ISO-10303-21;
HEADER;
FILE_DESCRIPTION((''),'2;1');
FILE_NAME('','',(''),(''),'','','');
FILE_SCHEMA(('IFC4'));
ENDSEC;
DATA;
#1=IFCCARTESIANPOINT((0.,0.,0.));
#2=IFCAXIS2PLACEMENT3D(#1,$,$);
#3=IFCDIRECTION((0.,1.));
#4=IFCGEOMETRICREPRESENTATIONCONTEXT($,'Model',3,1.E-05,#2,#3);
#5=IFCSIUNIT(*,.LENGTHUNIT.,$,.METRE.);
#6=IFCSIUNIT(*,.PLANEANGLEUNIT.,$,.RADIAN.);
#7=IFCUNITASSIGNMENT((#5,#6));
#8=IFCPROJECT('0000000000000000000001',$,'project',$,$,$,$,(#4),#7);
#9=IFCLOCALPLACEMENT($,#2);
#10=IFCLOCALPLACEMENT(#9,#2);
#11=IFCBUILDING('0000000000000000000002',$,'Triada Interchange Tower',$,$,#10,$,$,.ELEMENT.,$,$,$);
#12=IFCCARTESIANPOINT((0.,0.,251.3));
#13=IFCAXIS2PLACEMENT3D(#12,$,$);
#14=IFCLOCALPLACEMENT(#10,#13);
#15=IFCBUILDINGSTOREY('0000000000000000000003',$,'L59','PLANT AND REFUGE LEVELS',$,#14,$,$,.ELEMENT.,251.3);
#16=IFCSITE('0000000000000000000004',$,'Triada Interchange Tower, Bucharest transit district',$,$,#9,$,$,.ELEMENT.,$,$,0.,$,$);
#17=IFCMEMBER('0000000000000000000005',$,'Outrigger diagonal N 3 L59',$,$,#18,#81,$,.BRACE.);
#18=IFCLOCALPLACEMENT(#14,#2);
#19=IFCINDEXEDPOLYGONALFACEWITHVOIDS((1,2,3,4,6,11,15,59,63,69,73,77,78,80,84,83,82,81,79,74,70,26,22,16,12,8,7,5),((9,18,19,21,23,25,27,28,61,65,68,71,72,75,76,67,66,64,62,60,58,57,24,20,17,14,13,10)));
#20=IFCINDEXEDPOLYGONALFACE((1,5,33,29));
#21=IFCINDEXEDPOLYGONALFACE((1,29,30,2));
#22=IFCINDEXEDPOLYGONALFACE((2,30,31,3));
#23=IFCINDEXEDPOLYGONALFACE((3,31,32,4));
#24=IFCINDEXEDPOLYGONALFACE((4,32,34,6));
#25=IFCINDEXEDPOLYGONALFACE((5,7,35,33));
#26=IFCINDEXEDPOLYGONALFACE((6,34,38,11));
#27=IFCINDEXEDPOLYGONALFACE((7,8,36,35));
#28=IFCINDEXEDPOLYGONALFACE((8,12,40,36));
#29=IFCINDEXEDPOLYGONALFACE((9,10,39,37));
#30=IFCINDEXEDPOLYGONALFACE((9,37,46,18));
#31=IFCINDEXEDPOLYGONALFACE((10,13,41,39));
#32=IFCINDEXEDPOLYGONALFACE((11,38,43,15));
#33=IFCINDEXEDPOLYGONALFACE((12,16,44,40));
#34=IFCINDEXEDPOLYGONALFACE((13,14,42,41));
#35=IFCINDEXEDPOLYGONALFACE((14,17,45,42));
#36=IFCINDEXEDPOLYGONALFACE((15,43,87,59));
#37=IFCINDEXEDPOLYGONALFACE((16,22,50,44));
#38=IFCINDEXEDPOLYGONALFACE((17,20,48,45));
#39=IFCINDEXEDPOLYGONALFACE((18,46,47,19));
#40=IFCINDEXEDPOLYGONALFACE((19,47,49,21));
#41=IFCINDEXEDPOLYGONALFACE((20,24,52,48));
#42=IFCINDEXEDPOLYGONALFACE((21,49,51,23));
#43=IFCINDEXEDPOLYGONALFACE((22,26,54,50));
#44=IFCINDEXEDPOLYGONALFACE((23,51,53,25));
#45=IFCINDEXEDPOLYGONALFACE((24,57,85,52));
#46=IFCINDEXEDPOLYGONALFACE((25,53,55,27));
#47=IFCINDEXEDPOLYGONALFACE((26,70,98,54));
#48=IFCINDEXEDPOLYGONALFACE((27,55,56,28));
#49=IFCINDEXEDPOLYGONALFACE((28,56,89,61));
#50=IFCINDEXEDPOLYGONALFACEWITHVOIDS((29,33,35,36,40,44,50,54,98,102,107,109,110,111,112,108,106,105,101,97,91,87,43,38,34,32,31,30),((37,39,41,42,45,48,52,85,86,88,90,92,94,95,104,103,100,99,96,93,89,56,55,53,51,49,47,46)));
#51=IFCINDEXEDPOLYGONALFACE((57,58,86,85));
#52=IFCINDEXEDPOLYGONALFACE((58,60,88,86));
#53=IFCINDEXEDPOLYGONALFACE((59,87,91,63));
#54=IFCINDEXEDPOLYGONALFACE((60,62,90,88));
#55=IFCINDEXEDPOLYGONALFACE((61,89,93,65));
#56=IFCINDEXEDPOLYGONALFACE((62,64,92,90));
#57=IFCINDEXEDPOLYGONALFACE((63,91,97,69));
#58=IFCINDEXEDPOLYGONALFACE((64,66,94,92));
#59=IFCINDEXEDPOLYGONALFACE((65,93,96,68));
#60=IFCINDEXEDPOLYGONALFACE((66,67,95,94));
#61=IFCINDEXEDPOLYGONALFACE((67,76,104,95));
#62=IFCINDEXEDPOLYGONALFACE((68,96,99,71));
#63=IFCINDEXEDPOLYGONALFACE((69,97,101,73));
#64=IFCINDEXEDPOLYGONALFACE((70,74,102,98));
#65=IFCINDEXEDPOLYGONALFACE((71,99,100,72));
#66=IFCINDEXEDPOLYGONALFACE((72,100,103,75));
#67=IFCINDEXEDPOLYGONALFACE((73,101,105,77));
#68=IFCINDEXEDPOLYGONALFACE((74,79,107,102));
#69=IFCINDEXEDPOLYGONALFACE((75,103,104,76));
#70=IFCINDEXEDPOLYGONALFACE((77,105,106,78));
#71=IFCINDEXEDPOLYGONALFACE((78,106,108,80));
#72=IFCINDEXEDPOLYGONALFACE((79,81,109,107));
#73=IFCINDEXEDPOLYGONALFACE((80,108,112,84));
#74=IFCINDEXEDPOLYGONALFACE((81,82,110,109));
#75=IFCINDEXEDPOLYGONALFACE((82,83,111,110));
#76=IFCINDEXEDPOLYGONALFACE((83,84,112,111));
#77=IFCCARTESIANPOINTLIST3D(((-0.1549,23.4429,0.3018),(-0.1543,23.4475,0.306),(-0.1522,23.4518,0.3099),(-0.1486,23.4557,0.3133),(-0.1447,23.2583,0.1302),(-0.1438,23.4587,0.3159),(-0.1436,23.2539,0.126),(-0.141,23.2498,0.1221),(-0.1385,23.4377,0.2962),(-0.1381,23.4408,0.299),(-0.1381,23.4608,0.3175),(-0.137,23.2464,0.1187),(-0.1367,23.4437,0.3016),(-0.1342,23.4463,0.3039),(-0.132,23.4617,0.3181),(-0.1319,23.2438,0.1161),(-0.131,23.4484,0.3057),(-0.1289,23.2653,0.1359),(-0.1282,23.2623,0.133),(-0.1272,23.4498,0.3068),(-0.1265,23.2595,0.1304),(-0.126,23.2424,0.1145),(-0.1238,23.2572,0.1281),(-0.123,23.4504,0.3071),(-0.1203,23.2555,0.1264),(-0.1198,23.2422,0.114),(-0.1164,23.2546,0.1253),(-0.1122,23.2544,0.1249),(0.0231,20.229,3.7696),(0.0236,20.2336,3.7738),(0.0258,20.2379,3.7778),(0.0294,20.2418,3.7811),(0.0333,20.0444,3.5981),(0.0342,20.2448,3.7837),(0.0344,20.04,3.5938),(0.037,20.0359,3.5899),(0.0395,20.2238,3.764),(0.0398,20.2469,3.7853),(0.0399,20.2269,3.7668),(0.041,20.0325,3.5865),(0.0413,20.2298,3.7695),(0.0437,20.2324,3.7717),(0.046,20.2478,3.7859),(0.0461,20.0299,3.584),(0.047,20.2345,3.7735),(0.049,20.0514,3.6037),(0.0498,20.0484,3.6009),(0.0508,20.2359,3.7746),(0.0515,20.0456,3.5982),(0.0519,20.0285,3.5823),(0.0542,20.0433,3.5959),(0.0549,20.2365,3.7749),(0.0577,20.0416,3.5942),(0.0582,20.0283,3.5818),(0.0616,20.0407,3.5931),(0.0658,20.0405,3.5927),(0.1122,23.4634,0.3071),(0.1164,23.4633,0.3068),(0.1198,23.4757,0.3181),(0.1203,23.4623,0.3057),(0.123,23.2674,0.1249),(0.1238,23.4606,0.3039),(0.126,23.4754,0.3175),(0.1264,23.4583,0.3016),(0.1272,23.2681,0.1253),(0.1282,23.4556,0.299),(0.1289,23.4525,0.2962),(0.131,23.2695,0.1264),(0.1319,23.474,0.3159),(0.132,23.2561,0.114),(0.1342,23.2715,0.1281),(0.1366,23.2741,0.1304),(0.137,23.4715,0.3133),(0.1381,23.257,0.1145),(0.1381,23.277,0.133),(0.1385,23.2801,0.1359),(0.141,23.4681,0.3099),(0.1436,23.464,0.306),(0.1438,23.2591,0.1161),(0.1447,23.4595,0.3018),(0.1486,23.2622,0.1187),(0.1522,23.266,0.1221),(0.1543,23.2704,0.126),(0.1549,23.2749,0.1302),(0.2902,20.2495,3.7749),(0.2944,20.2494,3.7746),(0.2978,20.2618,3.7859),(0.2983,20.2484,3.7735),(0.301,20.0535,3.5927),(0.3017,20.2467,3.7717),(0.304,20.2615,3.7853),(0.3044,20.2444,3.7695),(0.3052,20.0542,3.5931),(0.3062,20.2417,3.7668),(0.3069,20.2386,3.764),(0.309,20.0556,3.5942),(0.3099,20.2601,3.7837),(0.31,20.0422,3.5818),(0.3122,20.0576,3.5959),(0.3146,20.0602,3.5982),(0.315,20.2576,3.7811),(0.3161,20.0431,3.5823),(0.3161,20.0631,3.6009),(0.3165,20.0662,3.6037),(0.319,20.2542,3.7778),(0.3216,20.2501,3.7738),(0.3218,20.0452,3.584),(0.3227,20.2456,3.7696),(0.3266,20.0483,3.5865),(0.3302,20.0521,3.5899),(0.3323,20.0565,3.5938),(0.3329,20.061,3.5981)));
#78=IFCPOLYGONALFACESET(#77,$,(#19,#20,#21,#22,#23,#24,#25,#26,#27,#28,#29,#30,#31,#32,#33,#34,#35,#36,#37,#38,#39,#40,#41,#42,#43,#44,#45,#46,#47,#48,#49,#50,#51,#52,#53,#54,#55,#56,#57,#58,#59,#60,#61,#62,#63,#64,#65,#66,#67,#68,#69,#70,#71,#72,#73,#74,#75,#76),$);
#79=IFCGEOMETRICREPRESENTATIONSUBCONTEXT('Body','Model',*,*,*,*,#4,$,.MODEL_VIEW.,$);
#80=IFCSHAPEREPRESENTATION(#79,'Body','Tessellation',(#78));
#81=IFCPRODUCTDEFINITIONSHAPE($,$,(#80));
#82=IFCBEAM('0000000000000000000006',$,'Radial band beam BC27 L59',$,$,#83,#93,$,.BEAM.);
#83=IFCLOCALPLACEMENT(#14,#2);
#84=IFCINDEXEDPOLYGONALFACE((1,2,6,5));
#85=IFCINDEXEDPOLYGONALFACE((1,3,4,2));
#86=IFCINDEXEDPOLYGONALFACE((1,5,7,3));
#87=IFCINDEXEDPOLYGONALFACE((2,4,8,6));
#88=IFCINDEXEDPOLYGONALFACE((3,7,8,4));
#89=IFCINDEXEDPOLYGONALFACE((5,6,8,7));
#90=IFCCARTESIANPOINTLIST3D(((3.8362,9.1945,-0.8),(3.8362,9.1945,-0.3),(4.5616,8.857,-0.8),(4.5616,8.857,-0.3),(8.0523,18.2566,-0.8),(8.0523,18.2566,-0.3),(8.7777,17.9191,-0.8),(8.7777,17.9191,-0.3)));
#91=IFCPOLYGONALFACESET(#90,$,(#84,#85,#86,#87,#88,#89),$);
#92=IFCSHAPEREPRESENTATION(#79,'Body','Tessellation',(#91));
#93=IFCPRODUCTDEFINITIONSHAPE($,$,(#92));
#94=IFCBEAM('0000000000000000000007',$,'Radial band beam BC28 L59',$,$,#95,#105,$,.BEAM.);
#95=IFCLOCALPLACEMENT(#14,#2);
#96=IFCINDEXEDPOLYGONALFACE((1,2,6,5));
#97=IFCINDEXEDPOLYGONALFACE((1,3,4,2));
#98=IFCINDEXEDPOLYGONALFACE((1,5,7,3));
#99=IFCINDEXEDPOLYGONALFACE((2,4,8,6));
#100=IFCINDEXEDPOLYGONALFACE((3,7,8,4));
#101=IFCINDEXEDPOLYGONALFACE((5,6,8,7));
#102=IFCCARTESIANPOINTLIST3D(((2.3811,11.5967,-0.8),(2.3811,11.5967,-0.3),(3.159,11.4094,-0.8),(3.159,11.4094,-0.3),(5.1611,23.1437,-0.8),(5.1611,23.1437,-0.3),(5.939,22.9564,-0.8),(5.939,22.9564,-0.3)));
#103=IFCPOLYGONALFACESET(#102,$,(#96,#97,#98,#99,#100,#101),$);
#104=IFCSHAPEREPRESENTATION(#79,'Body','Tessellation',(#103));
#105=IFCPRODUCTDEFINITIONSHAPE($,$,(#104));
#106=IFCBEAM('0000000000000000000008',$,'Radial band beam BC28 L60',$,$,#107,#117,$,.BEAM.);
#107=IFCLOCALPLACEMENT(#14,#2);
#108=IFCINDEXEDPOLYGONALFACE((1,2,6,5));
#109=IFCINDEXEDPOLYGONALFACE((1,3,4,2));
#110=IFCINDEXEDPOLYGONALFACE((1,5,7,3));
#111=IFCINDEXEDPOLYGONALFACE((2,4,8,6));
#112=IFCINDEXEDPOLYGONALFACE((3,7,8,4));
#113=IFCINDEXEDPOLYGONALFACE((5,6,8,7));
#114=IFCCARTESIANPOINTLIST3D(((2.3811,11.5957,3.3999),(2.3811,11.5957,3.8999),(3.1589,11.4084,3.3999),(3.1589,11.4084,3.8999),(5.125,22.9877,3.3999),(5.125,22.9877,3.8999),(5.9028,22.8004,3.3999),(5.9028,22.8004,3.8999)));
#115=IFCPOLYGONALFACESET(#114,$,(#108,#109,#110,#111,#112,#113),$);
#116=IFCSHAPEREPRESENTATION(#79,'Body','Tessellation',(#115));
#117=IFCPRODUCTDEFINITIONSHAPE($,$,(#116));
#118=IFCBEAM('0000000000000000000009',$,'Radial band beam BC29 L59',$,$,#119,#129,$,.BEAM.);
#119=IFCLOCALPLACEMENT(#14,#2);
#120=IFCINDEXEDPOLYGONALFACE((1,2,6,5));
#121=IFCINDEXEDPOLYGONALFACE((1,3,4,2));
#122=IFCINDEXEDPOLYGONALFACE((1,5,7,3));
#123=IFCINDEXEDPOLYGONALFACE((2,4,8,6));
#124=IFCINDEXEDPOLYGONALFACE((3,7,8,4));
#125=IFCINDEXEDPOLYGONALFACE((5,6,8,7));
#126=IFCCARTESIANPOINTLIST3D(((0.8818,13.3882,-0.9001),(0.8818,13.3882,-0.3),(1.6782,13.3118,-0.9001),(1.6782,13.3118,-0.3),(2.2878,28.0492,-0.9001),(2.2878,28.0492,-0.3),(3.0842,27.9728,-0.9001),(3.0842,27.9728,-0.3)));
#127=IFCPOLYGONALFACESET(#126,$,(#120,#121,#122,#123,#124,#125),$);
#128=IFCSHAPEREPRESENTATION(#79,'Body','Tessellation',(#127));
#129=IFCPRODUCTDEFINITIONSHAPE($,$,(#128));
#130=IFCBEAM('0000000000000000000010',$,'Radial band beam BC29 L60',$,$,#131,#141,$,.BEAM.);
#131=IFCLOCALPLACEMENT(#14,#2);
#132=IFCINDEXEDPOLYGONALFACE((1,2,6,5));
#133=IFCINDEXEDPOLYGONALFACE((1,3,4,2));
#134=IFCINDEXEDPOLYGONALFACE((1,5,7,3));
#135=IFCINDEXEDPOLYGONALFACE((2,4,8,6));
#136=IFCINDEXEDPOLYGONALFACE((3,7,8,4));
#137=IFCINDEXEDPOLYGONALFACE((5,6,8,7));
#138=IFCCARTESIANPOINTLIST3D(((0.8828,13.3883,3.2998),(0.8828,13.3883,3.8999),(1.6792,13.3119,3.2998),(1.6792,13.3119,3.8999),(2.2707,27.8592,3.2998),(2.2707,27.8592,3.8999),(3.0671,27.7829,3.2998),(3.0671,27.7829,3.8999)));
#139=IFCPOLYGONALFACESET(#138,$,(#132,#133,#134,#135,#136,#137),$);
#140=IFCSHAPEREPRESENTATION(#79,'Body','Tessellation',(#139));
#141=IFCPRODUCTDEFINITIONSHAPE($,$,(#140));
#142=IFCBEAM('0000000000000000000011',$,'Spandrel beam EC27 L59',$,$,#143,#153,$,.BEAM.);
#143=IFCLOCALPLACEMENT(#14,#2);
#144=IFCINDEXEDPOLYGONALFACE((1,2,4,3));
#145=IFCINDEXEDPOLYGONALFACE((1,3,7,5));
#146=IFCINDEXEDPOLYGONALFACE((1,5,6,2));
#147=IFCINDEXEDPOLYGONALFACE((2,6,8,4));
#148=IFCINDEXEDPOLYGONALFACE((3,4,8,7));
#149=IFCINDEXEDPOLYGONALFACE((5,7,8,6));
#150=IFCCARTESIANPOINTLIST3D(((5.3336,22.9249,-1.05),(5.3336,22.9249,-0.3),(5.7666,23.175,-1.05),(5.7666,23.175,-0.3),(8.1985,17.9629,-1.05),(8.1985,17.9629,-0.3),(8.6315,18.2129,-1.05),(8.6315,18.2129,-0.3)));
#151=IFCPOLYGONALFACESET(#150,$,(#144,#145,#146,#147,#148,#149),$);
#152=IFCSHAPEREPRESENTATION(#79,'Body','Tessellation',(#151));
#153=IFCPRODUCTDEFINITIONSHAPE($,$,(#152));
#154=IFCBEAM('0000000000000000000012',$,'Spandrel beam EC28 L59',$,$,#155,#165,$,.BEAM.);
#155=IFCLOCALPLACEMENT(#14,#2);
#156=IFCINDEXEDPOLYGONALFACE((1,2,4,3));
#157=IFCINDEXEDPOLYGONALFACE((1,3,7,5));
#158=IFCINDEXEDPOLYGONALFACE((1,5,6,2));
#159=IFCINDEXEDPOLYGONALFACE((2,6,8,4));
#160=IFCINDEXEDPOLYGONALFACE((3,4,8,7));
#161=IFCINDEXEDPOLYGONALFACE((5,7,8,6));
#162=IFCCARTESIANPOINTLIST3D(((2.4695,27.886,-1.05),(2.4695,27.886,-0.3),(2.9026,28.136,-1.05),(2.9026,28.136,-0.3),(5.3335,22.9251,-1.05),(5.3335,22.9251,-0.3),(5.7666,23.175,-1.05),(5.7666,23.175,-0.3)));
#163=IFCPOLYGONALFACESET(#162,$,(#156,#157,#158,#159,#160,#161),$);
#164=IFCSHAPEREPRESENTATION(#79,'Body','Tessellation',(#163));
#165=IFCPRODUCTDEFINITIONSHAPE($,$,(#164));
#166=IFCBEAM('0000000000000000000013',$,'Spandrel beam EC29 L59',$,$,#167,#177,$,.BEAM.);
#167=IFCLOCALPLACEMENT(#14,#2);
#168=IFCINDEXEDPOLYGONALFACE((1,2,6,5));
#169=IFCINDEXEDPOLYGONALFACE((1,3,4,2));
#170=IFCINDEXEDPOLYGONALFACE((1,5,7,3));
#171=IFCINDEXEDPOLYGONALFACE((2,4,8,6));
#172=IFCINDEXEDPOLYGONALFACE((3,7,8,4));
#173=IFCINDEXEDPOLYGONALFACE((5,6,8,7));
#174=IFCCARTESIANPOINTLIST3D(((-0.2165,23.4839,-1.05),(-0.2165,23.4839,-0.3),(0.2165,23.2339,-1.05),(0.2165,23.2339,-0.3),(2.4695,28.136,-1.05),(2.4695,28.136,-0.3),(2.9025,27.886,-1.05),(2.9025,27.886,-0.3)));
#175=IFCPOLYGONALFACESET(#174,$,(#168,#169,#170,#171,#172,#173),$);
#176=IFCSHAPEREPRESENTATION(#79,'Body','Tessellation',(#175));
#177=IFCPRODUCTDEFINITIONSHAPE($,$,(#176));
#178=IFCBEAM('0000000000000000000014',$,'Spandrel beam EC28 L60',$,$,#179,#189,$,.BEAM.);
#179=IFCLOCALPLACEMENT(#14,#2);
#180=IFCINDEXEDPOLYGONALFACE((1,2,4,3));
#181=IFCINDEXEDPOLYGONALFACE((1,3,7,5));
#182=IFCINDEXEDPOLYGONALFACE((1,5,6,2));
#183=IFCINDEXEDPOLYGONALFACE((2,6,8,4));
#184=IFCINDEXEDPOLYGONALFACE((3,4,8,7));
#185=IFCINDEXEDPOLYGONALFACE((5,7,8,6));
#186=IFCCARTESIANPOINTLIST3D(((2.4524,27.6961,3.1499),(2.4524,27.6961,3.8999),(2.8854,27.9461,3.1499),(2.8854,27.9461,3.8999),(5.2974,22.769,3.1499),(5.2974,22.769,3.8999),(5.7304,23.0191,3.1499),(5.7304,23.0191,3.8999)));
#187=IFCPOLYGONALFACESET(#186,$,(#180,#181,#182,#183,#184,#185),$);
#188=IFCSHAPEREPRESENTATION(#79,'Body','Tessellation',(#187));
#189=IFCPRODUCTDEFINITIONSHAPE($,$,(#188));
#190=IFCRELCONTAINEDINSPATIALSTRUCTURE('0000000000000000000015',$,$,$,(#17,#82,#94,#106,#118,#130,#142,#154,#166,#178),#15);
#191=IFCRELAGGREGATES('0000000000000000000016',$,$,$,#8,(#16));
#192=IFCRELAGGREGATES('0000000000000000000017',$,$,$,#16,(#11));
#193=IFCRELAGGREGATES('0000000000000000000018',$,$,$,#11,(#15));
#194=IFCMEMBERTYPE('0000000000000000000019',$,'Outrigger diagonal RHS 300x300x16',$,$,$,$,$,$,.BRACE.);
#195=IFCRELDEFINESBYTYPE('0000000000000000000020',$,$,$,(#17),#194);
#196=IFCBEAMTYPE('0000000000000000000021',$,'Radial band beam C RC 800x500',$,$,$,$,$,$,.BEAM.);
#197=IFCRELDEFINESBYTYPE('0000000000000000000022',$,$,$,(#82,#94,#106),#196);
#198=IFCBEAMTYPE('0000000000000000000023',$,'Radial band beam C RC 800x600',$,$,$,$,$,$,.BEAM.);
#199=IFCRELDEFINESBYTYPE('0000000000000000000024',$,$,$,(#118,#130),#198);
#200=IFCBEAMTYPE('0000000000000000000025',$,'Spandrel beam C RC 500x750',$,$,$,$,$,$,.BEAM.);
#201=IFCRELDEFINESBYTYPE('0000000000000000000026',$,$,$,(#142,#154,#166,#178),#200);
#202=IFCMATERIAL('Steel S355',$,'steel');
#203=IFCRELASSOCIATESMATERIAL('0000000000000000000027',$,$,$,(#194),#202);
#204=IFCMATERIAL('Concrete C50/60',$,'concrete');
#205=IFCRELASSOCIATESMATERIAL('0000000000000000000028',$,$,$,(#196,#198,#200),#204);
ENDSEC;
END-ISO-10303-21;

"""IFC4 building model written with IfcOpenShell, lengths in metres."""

from ifc_helpers import new_model, si_unit, direction, frame, origin, origin_2d, place, context, subcontext, project, spatial, rectangle, hollow_rectangle, extrude, material, material_profile, profile_set, type_object, element, save


model = new_model("IFC4")

# Units and contexts
model_context = context("Model", 3, precision=1e-05, world=origin(), true_north=direction((0.0, 1.0)))
body_context = subcontext(model_context, "Body", "Model", "MODEL_VIEW")
ifc_project = project(units=[si_unit("LENGTHUNIT", "METRE"), si_unit("PLANEANGLEUNIT", "RADIAN")], contexts=[model_context])

# Site, building, storey
site_placement = place(None, origin())
site = spatial("IfcSite", under=ifc_project, at=site_placement, Name="Triada Interchange Tower, Bucharest transit district", CompositionType="ELEMENT", RefElevation=0.0)
building_placement = place(site_placement, origin())
building = spatial("IfcBuilding", under=site, at=building_placement, Name="Triada Interchange Tower", CompositionType="ELEMENT")
storey_placement = place(building_placement, frame((0.0, 0.0, 251.3)))
storey = spatial("IfcBuildingStorey", under=building, at=storey_placement, Name="L59", Description="PLANT AND REFUGE LEVELS", CompositionType="ELEMENT", Elevation=251.3)

# Shared definitions
ifc_material_1 = material(Name="Concrete C50/60", Category="concrete")

# Member
ifc_material_2 = material(Name="Steel S355", Category="steel")
ifc_material_profile_1 = material_profile(ifc_material_2, hollow_rectangle(XDim=0.3, YDim=0.3, WallThickness=0.0161, InnerFilletRadius=0.0161, OuterFilletRadius=0.0239, at=origin_2d()), Name="RHS 300x300x16")
ifc_profile_set_1 = profile_set([ifc_material_profile_1], Name="Steel S355")
member_type_1 = type_object("IfcMemberType", Name="Outrigger diagonal RHS 300x300x16", PredefinedType="BRACE", material=ifc_profile_set_1)
member_1_placement = place(storey_placement, frame((0.178, 20.145, 3.6838), z_axis=(-0.037617, 0.679265, -0.732929), x_axis=(-0.99847, -0.055294, 0.0)))
element("IfcMember", 1, at=member_1_placement, inside=storey, type_object=member_type_1, Name="Outrigger diagonal N 3 L59", PredefinedType="BRACE", context=body_context, shape_type="SweptSolid", body=[
    extrude(hollow_rectangle(XDim=0.3, YDim=0.3, WallThickness=0.0161, InnerFilletRadius=0.0161, OuterFilletRadius=0.0239, at=origin_2d()), origin(), (0.0, 0.0, 1.0), 4.7314),
])

# Beams
ifc_material_profile_2 = material_profile(ifc_material_1, rectangle(XDim=0.8, YDim=0.5, at=origin_2d()), Name="RC 800x500")
ifc_profile_set_2 = profile_set([ifc_material_profile_2], Name="Concrete C50/60")
beam_type_1 = type_object("IfcBeamType", Name="Radial band beam C RC 800x500", PredefinedType="BEAM", material=ifc_profile_set_2)
beam_1_placement = place(storey_placement, frame((8.415, 18.0879, -0.55), z_axis=(-0.421827, -0.906676, 0.0), x_axis=(0.906676, -0.421827, 0.0)))
element("IfcBeam", 2, at=beam_1_placement, inside=storey, type_object=beam_type_1, Name="Radial band beam BC27 L59", PredefinedType="BEAM", context=body_context, shape_type="SweptSolid", body=[
    extrude(rectangle(XDim=0.8, YDim=0.5, at=origin_2d()), origin(), (0.0, 0.0, 1.0), 9.9949),
])
beam_2_placement = place(storey_placement, frame((5.55, 23.05, -0.55), z_axis=(-0.234067, -0.97222, 0.0), x_axis=(0.97222, -0.234067, 0.0)))
element("IfcBeam", 3, at=beam_2_placement, inside=storey, type_object=beam_type_1, Name="Radial band beam BC28 L59", PredefinedType="BEAM", context=body_context, shape_type="SweptSolid", body=[
    extrude(rectangle(XDim=0.8, YDim=0.5, at=origin_2d()), origin(), (0.0, 0.0, 1.0), 11.877),
])
beam_3_placement = place(storey_placement, frame((5.5139, 22.894, 3.6499), z_axis=(-0.234163, -0.972197, 0.0), x_axis=(0.972197, -0.234163, 0.0)))
element("IfcBeam", 4, at=beam_3_placement, inside=storey, type_object=beam_type_1, Name="Radial band beam BC28 L60", PredefinedType="BEAM", context=body_context, shape_type="SweptSolid", body=[
    extrude(rectangle(XDim=0.8, YDim=0.5, at=origin_2d()), origin(), (0.0, 0.0, 1.0), 11.7178),
])
ifc_material_profile_3 = material_profile(ifc_material_1, rectangle(XDim=0.8, YDim=0.6001, at=origin_2d()), Name="RC 800x600")
ifc_profile_set_3 = profile_set([ifc_material_profile_3], Name="Concrete C50/60")
beam_type_2 = type_object("IfcBeamType", Name="Radial band beam C RC 800x600", PredefinedType="BEAM", material=ifc_profile_set_3)
beam_4_placement = place(storey_placement, frame((2.686, 28.011, -0.6001), z_axis=(-0.095464, -0.995433, 0.0), x_axis=(0.995433, -0.095464, 0.0)))
element("IfcBeam", 5, at=beam_4_placement, inside=storey, type_object=beam_type_2, Name="Radial band beam BC29 L59", PredefinedType="BEAM", context=body_context, shape_type="SweptSolid", body=[
    extrude(rectangle(XDim=0.8, YDim=0.6001, at=origin_2d()), origin(), (0.0, 0.0, 1.0), 14.7283),
])
beam_5_placement = place(storey_placement, frame((2.6689, 27.821, 3.5999), z_axis=(-0.095474, -0.995432, 0.0), x_axis=(0.995432, -0.095474, 0.0)))
element("IfcBeam", 6, at=beam_5_placement, inside=storey, type_object=beam_type_2, Name="Radial band beam BC29 L60", PredefinedType="BEAM", context=body_context, shape_type="SweptSolid", body=[
    extrude(rectangle(XDim=0.8, YDim=0.6001, at=origin_2d()), origin(), (0.0, 0.0, 1.0), 14.5374),
])
ifc_material_profile_4 = material_profile(ifc_material_1, rectangle(XDim=0.5, YDim=0.75, at=origin_2d()), Name="RC 500x750")
ifc_profile_set_4 = profile_set([ifc_material_profile_4], Name="Concrete C50/60")
beam_type_3 = type_object("IfcBeamType", Name="Spandrel beam C RC 500x750", PredefinedType="BEAM", material=ifc_profile_set_4)
beam_6_placement = place(storey_placement, frame((8.415, 18.0879, -0.675), z_axis=(-0.500011, 0.866019, 0.0), x_axis=(-0.866019, -0.500011, 0.0)))
element("IfcBeam", 7, at=beam_6_placement, inside=storey, type_object=beam_type_3, Name="Spandrel beam EC27 L59", PredefinedType="BEAM", context=body_context, shape_type="SweptSolid", body=[
    extrude(rectangle(XDim=0.5, YDim=0.75, at=origin_2d()), origin(), (0.0, 0.0, 1.0), 5.7297),
])
beam_7_placement = place(storey_placement, frame((5.55, 23.05, -0.675), z_axis=(-0.499976, 0.866039, 0.0), x_axis=(-0.866039, -0.499976, 0.0)))
element("IfcBeam", 8, at=beam_7_placement, inside=storey, type_object=beam_type_3, Name="Spandrel beam EC28 L59", PredefinedType="BEAM", context=body_context, shape_type="SweptSolid", body=[
    extrude(rectangle(XDim=0.5, YDim=0.75, at=origin_2d()), origin(), (0.0, 0.0, 1.0), 5.7283),
])
beam_8_placement = place(storey_placement, frame((2.686, 28.011, -0.675), z_axis=(-0.50002, -0.866014, 0.0), x_axis=(0.866014, -0.50002, 0.0)))
element("IfcBeam", 9, at=beam_8_placement, inside=storey, type_object=beam_type_3, Name="Spandrel beam EC29 L59", PredefinedType="BEAM", context=body_context, shape_type="SweptSolid", body=[
    extrude(rectangle(XDim=0.5, YDim=0.75, at=origin_2d()), origin(), (0.0, 0.0, 1.0), 5.3718),
])
beam_9_placement = place(storey_placement, frame((5.5139, 22.894, 3.5249), z_axis=(-0.500048, 0.865998, 0.0), x_axis=(-0.865998, -0.500048, 0.0)))
element("IfcBeam", 10, at=beam_9_placement, inside=storey, type_object=beam_type_3, Name="Spandrel beam EC28 L60", PredefinedType="BEAM", context=body_context, shape_type="SweptSolid", body=[
    extrude(rectangle(XDim=0.5, YDim=0.75, at=origin_2d()), origin(), (0.0, 0.0, 1.0), 5.6895),
])

save(model, "model.ifc")
